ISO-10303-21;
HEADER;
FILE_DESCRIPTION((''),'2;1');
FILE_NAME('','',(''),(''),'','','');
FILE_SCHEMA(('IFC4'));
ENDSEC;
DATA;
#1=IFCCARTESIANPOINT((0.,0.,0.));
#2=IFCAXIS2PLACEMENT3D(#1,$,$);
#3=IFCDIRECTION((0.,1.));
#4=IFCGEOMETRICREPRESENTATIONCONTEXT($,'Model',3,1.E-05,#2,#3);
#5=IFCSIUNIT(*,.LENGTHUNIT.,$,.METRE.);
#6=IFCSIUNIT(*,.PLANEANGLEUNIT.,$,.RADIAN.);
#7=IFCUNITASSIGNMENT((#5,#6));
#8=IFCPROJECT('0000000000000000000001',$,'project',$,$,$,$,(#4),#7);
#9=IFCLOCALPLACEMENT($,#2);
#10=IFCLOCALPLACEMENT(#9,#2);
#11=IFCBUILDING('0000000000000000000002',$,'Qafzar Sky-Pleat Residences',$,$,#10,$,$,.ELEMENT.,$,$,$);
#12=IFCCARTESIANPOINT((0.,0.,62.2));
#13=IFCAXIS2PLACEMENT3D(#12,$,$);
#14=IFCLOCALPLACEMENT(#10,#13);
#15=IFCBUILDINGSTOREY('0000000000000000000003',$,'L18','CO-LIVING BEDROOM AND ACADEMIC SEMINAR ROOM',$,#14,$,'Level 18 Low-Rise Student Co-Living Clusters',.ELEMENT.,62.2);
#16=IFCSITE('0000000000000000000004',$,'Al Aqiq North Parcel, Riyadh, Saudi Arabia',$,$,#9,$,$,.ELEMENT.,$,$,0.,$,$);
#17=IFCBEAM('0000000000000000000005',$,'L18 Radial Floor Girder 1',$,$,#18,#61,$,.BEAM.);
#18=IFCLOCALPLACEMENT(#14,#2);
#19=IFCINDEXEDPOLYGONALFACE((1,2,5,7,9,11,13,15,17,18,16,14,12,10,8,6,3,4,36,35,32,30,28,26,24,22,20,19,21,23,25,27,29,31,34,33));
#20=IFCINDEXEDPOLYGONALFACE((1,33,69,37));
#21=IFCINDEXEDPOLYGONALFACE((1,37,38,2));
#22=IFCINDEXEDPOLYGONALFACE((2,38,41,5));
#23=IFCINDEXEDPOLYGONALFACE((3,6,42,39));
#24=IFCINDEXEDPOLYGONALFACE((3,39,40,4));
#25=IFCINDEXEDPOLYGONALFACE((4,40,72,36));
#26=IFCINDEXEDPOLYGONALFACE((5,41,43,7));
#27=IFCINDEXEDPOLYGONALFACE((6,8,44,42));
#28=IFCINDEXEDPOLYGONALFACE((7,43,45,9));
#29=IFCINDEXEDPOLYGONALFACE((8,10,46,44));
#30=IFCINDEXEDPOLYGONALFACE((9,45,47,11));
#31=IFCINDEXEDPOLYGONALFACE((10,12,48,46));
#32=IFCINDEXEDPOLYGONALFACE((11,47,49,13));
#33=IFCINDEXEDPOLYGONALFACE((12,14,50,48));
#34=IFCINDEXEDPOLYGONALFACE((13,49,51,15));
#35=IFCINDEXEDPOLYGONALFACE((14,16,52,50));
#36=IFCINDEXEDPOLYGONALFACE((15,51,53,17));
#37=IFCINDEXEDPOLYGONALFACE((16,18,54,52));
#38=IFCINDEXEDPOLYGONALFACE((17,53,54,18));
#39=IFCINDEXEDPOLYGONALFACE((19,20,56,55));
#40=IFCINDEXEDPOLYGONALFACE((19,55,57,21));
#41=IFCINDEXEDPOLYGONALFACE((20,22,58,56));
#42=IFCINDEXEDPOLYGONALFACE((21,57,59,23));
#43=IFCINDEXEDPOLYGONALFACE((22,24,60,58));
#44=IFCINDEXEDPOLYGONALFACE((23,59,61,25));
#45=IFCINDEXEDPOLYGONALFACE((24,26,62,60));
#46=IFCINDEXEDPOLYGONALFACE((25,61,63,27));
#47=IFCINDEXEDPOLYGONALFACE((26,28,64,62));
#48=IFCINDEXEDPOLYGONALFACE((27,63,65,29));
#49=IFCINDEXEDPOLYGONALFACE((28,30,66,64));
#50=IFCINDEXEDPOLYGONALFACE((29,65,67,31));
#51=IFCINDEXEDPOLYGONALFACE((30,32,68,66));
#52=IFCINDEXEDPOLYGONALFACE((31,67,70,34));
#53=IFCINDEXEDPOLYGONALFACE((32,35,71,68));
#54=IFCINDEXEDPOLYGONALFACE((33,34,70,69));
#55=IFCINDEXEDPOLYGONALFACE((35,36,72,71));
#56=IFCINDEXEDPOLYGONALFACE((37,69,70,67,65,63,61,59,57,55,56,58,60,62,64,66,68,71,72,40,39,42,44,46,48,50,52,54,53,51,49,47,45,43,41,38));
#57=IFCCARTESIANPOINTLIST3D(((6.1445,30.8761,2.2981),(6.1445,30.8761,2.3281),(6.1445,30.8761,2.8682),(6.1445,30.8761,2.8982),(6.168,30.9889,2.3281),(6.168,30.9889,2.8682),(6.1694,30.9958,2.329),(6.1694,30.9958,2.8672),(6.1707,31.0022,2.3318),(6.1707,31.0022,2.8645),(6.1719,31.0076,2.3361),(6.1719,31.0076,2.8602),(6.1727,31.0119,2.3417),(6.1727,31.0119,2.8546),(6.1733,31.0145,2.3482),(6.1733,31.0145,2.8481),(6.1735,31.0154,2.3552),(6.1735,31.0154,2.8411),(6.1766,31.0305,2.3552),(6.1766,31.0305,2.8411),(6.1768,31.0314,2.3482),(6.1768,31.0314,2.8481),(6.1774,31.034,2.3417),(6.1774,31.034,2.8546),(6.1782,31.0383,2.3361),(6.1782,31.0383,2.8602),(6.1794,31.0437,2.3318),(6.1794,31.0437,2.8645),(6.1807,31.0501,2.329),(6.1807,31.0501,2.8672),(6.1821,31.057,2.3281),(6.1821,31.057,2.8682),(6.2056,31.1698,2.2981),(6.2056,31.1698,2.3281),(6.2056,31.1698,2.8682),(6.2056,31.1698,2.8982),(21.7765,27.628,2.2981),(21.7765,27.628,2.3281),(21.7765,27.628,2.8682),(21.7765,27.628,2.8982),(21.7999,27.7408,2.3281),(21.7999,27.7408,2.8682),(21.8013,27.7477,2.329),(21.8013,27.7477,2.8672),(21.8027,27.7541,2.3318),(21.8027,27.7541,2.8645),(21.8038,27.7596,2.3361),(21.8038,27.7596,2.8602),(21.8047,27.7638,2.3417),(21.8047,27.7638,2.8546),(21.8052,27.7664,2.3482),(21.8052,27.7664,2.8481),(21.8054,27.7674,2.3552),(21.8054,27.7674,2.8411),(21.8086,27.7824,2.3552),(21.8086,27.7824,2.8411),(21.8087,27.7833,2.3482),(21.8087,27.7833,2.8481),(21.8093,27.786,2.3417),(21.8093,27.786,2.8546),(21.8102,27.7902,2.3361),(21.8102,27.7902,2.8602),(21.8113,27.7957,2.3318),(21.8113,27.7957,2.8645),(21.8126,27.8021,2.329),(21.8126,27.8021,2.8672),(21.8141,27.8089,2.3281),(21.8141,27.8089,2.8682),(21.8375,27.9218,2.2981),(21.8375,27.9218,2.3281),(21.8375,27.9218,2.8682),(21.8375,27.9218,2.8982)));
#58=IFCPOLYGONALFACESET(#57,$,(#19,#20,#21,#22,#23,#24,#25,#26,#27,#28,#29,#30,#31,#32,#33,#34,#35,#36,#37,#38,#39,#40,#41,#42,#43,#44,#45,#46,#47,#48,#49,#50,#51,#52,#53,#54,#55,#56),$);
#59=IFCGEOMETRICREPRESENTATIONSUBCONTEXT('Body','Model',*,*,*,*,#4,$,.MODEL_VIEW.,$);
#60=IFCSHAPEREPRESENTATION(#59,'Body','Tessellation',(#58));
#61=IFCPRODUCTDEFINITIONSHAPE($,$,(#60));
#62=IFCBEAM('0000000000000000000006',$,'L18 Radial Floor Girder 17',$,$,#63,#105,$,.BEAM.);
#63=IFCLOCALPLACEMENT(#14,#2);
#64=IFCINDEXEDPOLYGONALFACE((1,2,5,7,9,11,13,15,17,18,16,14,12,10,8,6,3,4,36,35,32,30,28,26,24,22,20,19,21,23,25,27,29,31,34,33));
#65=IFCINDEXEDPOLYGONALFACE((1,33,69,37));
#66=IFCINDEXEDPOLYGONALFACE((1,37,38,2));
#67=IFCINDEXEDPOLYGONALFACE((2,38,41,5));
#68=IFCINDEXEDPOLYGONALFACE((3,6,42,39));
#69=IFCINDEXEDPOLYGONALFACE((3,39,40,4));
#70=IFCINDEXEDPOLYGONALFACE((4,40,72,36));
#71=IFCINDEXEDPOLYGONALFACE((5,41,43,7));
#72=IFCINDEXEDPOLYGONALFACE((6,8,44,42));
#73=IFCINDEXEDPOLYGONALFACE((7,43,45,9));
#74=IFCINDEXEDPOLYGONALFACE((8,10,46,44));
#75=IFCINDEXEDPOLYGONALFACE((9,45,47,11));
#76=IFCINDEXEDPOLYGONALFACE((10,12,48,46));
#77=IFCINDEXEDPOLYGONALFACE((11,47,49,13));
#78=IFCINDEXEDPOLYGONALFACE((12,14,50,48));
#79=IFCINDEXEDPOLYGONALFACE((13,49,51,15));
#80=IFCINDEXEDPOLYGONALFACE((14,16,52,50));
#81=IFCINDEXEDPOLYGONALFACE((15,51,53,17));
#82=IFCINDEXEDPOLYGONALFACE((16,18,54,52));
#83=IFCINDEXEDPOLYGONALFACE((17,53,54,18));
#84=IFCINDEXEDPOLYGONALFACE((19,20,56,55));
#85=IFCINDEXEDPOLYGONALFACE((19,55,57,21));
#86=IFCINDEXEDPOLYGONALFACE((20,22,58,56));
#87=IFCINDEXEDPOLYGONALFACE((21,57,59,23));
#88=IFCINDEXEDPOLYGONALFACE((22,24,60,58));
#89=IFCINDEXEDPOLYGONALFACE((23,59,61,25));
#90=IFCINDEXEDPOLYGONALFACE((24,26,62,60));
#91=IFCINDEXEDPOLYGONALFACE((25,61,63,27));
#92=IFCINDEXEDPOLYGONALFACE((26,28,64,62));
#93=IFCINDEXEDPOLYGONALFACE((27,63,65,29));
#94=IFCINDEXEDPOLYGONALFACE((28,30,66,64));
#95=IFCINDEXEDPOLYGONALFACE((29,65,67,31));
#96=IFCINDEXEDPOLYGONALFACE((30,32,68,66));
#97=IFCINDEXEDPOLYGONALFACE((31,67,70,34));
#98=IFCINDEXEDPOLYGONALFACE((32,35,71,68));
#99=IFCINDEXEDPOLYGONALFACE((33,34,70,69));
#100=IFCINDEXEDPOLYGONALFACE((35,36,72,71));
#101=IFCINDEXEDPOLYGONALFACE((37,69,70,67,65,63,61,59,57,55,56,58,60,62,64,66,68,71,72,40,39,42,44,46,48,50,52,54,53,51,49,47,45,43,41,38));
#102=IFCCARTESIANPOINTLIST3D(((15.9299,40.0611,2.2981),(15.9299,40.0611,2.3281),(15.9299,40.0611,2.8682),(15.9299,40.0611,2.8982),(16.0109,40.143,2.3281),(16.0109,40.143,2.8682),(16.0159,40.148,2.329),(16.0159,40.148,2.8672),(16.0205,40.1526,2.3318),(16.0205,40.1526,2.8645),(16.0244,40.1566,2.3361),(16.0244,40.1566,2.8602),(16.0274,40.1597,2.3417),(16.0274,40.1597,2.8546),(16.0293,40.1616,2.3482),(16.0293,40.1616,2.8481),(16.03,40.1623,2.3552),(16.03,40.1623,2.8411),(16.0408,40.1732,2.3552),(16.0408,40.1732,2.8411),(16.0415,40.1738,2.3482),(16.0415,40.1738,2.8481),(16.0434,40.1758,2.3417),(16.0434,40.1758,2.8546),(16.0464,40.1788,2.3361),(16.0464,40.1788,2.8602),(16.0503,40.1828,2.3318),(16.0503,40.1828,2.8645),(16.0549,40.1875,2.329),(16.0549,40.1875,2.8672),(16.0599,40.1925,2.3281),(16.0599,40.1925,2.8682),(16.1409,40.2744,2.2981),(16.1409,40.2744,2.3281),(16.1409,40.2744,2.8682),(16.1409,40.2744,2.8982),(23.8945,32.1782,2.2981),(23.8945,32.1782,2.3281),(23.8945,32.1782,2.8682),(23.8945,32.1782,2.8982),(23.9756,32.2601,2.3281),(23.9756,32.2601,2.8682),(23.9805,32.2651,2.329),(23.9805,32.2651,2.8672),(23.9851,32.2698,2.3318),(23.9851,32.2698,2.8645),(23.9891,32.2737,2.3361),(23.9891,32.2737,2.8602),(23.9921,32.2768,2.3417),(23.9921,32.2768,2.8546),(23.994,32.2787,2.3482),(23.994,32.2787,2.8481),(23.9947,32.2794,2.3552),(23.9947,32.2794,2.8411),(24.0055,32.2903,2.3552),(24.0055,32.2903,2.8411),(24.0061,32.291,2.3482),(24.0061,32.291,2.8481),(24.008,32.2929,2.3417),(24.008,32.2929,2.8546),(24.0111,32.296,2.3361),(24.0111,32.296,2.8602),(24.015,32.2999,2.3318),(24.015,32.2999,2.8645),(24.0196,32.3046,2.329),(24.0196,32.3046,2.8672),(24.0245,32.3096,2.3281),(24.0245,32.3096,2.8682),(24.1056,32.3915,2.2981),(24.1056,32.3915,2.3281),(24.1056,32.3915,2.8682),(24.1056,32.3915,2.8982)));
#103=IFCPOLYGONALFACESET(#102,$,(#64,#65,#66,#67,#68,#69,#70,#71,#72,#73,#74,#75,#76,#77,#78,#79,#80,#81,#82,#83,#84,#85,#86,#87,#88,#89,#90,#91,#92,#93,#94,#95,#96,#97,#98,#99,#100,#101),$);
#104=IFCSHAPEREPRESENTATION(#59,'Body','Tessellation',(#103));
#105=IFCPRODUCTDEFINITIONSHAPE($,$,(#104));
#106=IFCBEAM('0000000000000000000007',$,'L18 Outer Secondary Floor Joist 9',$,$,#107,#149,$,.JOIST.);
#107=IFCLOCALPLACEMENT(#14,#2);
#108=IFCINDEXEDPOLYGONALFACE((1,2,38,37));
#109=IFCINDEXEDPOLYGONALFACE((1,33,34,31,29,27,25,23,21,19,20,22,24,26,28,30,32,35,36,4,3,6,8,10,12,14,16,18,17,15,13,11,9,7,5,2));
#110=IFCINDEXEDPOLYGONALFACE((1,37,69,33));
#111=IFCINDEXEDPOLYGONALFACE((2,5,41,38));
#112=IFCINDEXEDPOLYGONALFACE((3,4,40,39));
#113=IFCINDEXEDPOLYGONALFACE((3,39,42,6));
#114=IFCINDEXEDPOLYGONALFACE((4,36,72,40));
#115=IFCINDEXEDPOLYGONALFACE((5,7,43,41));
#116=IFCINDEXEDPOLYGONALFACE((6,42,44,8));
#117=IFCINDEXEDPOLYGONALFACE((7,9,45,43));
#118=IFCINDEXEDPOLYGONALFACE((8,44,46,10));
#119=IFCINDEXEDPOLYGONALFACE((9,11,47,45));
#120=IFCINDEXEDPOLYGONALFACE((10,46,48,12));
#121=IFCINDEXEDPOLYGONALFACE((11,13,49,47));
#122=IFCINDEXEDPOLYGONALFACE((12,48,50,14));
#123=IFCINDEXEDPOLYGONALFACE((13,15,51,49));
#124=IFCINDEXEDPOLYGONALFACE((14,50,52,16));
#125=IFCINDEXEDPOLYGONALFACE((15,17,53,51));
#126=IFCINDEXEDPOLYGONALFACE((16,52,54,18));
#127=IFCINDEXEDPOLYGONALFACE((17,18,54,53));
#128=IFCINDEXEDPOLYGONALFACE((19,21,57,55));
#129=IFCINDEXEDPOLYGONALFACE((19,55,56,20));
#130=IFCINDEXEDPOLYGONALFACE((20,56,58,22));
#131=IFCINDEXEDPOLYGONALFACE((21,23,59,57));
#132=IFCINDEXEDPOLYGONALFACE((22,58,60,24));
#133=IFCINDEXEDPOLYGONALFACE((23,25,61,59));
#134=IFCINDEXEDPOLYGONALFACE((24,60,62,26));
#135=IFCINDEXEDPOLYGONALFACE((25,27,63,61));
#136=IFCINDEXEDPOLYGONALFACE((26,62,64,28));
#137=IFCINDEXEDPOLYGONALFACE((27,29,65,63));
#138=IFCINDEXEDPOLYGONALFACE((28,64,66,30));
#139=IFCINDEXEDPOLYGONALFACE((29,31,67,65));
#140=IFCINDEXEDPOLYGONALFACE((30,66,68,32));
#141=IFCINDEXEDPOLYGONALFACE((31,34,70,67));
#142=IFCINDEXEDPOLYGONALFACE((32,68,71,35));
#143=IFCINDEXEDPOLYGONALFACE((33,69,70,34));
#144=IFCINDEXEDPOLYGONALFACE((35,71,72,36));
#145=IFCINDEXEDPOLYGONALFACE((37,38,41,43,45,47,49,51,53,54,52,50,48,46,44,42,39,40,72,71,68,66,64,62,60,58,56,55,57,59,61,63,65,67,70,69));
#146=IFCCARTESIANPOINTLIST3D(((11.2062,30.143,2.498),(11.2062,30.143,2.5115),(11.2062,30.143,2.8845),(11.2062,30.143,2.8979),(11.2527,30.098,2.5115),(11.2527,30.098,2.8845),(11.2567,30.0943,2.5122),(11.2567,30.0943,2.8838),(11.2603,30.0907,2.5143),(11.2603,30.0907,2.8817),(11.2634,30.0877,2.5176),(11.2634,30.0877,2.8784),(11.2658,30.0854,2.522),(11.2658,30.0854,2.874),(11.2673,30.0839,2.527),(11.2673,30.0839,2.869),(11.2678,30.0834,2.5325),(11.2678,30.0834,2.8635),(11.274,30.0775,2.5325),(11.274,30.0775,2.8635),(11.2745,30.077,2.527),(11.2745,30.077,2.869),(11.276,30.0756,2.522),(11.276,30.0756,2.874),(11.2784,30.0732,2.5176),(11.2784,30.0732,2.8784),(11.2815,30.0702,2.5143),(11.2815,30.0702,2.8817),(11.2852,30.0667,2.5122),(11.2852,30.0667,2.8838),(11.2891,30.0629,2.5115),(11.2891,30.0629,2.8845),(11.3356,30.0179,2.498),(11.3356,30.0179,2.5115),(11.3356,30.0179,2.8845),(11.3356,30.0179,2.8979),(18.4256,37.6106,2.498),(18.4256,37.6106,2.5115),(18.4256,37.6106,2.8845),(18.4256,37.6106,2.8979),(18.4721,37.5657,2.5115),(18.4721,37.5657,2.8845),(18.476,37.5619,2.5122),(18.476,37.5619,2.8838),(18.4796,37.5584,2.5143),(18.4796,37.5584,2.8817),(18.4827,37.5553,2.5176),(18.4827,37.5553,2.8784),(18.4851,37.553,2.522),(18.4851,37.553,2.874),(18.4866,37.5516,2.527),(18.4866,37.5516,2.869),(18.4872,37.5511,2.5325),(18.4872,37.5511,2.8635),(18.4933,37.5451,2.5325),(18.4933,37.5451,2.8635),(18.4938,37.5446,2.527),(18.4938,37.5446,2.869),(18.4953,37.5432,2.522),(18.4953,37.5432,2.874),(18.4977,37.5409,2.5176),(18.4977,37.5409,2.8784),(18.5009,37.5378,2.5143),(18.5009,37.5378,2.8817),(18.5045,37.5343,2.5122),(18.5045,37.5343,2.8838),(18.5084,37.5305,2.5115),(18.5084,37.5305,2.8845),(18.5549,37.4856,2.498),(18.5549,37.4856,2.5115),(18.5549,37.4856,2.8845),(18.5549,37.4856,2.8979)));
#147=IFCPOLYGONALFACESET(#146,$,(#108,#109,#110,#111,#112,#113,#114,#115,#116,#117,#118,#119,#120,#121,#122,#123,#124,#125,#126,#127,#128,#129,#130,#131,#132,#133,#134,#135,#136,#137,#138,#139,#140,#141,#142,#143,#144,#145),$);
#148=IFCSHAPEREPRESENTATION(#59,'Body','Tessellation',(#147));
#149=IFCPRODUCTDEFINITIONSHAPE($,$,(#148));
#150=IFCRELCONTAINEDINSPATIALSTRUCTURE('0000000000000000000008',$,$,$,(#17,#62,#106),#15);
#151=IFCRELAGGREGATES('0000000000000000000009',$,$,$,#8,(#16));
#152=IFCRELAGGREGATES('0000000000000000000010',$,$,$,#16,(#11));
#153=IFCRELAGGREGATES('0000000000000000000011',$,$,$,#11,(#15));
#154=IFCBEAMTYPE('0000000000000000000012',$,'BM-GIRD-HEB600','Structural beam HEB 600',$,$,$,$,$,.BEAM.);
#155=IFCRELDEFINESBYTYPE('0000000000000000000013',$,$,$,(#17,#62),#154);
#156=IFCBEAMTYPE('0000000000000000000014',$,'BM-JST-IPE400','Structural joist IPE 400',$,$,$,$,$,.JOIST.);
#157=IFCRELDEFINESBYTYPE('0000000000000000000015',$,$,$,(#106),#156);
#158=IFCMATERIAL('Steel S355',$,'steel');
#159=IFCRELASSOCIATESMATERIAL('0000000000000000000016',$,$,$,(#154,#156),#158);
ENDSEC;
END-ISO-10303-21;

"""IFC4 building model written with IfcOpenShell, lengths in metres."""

from ifc_helpers import new_model, si_unit, direction, frame, origin, origin_2d, place, context, subcontext, project, spatial, i_section, extrude, source, transform, mapped, material, material_profile, profile_set, type_object, element, save


model = new_model("IFC4")

# Units and contexts
model_context = context("Model", 3, precision=1e-05, world=origin(), true_north=direction((0.0, 1.0)))
body_context = subcontext(model_context, "Body", "Model", "MODEL_VIEW")
ifc_project = project(units=[si_unit("LENGTHUNIT", "METRE"), si_unit("PLANEANGLEUNIT", "RADIAN")], contexts=[model_context])

# Site, building, storey
site_placement = place(None, origin())
site = spatial("IfcSite", under=ifc_project, at=site_placement, Name="Al Aqiq North Parcel, Riyadh, Saudi Arabia", CompositionType="ELEMENT", RefElevation=0.0)
building_placement = place(site_placement, origin())
building = spatial("IfcBuilding", under=site, at=building_placement, Name="Qafzar Sky-Pleat Residences", CompositionType="ELEMENT")
storey_placement = place(building_placement, frame((0.0, 0.0, 62.2)))
storey = spatial("IfcBuildingStorey", under=building, at=storey_placement, Name="L18", Description="CO-LIVING BEDROOM AND ACADEMIC SEMINAR ROOM", LongName="Level 18 Low-Rise Student Co-Living Clusters", CompositionType="ELEMENT", Elevation=62.2)

# Beams
ifc_material_1 = material(Name="Steel S355", Category="steel")
ifc_material_profile_1 = material_profile(ifc_material_1, i_section(OverallWidth=0.3, OverallDepth=0.6001, WebThickness=0.0154, FlangeThickness=0.03, FilletRadius=0.0271, at=origin_2d()), Name="HEB 600")
ifc_profile_set_1 = profile_set([ifc_material_profile_1], Name="Steel S355")
beam_type_1 = type_object("IfcBeamType", Name="BM-GIRD-HEB600", Description="Structural beam HEB 600", PredefinedType="BEAM", material=ifc_profile_set_1)
shared_shape_1 = source(origin(), body_context, "Body", "SweptSolid", [
    extrude(i_section(OverallWidth=0.3, OverallDepth=0.6001, WebThickness=0.0154, FlangeThickness=0.03, FilletRadius=0.0271, at=origin_2d()), origin(), (0.0, 0.0, 1.0), 15.9658),
])
beam_1_placement = place(storey_placement, frame((6.175, 31.0229, 2.5981), z_axis=(0.979088, -0.203439, 0.0), x_axis=(0.203439, 0.979088, 0.0)))
element("IfcBeam", 1, at=beam_1_placement, inside=storey, type_object=beam_type_1, Name="L18 Radial Floor Girder 1", PredefinedType="BEAM", context=body_context, shape_type="MappedRepresentation", body=[
    mapped(shared_shape_1, transform((0.0, 0.0, 0.0), x_axis=(1.0, 0.0, 0.0), y_axis=(0.0, 1.0, 0.0), z_axis=(0.0, 0.0, 1.0), scale=1.0)),
])
shared_shape_2 = source(origin(), body_context, "Body", "SweptSolid", [
    extrude(i_section(OverallWidth=0.3, OverallDepth=0.6001, WebThickness=0.0154, FlangeThickness=0.03, FilletRadius=0.0271, at=origin_2d()), origin(), (0.0, 0.0, 1.0), 11.2061),
])
beam_2_placement = place(storey_placement, frame((16.0354, 40.1677, 2.5981), z_axis=(0.710747, -0.703448, 0.0), x_axis=(0.703448, 0.710747, 0.0)))
element("IfcBeam", 2, at=beam_2_placement, inside=storey, type_object=beam_type_1, Name="L18 Radial Floor Girder 17", PredefinedType="BEAM", context=body_context, shape_type="MappedRepresentation", body=[
    mapped(shared_shape_2, transform((0.0, 0.0, 0.0), x_axis=(1.0, 0.0, 0.0), y_axis=(0.0, 1.0, 0.0), z_axis=(0.0, 0.0, 1.0), scale=1.0)),
])
ifc_material_profile_2 = material_profile(ifc_material_1, i_section(OverallWidth=0.1799, OverallDepth=0.3999, WebThickness=0.0085, FlangeThickness=0.0134, FilletRadius=0.021, at=origin_2d()), Name="IPE 400")
ifc_profile_set_2 = profile_set([ifc_material_profile_2], Name="Steel S355")
beam_type_2 = type_object("IfcBeamType", Name="BM-JST-IPE400", Description="Structural joist IPE 400", PredefinedType="JOIST", material=ifc_profile_set_2)
shared_shape_3 = source(origin(), body_context, "Body", "SweptSolid", [
    extrude(i_section(OverallWidth=0.1799, OverallDepth=0.3999, WebThickness=0.0085, FlangeThickness=0.0134, FilletRadius=0.021, at=origin_2d()), origin(), (0.0, 0.0, 1.0), 10.3867),
])
beam_3_placement = place(storey_placement, frame((18.4902, 37.5481, 2.698), z_axis=(-0.695053, -0.718958, 0.0), x_axis=(0.718958, -0.695053, 0.0)))
element("IfcBeam", 3, at=beam_3_placement, inside=storey, type_object=beam_type_2, Name="L18 Outer Secondary Floor Joist 9", PredefinedType="JOIST", context=body_context, shape_type="MappedRepresentation", body=[
    mapped(shared_shape_3, transform((0.0, 0.0, 0.0), x_axis=(1.0, 0.0, 0.0), y_axis=(0.0, 1.0, 0.0), z_axis=(0.0, 0.0, 1.0), scale=1.0)),
])

save(model, "model.ifc")
